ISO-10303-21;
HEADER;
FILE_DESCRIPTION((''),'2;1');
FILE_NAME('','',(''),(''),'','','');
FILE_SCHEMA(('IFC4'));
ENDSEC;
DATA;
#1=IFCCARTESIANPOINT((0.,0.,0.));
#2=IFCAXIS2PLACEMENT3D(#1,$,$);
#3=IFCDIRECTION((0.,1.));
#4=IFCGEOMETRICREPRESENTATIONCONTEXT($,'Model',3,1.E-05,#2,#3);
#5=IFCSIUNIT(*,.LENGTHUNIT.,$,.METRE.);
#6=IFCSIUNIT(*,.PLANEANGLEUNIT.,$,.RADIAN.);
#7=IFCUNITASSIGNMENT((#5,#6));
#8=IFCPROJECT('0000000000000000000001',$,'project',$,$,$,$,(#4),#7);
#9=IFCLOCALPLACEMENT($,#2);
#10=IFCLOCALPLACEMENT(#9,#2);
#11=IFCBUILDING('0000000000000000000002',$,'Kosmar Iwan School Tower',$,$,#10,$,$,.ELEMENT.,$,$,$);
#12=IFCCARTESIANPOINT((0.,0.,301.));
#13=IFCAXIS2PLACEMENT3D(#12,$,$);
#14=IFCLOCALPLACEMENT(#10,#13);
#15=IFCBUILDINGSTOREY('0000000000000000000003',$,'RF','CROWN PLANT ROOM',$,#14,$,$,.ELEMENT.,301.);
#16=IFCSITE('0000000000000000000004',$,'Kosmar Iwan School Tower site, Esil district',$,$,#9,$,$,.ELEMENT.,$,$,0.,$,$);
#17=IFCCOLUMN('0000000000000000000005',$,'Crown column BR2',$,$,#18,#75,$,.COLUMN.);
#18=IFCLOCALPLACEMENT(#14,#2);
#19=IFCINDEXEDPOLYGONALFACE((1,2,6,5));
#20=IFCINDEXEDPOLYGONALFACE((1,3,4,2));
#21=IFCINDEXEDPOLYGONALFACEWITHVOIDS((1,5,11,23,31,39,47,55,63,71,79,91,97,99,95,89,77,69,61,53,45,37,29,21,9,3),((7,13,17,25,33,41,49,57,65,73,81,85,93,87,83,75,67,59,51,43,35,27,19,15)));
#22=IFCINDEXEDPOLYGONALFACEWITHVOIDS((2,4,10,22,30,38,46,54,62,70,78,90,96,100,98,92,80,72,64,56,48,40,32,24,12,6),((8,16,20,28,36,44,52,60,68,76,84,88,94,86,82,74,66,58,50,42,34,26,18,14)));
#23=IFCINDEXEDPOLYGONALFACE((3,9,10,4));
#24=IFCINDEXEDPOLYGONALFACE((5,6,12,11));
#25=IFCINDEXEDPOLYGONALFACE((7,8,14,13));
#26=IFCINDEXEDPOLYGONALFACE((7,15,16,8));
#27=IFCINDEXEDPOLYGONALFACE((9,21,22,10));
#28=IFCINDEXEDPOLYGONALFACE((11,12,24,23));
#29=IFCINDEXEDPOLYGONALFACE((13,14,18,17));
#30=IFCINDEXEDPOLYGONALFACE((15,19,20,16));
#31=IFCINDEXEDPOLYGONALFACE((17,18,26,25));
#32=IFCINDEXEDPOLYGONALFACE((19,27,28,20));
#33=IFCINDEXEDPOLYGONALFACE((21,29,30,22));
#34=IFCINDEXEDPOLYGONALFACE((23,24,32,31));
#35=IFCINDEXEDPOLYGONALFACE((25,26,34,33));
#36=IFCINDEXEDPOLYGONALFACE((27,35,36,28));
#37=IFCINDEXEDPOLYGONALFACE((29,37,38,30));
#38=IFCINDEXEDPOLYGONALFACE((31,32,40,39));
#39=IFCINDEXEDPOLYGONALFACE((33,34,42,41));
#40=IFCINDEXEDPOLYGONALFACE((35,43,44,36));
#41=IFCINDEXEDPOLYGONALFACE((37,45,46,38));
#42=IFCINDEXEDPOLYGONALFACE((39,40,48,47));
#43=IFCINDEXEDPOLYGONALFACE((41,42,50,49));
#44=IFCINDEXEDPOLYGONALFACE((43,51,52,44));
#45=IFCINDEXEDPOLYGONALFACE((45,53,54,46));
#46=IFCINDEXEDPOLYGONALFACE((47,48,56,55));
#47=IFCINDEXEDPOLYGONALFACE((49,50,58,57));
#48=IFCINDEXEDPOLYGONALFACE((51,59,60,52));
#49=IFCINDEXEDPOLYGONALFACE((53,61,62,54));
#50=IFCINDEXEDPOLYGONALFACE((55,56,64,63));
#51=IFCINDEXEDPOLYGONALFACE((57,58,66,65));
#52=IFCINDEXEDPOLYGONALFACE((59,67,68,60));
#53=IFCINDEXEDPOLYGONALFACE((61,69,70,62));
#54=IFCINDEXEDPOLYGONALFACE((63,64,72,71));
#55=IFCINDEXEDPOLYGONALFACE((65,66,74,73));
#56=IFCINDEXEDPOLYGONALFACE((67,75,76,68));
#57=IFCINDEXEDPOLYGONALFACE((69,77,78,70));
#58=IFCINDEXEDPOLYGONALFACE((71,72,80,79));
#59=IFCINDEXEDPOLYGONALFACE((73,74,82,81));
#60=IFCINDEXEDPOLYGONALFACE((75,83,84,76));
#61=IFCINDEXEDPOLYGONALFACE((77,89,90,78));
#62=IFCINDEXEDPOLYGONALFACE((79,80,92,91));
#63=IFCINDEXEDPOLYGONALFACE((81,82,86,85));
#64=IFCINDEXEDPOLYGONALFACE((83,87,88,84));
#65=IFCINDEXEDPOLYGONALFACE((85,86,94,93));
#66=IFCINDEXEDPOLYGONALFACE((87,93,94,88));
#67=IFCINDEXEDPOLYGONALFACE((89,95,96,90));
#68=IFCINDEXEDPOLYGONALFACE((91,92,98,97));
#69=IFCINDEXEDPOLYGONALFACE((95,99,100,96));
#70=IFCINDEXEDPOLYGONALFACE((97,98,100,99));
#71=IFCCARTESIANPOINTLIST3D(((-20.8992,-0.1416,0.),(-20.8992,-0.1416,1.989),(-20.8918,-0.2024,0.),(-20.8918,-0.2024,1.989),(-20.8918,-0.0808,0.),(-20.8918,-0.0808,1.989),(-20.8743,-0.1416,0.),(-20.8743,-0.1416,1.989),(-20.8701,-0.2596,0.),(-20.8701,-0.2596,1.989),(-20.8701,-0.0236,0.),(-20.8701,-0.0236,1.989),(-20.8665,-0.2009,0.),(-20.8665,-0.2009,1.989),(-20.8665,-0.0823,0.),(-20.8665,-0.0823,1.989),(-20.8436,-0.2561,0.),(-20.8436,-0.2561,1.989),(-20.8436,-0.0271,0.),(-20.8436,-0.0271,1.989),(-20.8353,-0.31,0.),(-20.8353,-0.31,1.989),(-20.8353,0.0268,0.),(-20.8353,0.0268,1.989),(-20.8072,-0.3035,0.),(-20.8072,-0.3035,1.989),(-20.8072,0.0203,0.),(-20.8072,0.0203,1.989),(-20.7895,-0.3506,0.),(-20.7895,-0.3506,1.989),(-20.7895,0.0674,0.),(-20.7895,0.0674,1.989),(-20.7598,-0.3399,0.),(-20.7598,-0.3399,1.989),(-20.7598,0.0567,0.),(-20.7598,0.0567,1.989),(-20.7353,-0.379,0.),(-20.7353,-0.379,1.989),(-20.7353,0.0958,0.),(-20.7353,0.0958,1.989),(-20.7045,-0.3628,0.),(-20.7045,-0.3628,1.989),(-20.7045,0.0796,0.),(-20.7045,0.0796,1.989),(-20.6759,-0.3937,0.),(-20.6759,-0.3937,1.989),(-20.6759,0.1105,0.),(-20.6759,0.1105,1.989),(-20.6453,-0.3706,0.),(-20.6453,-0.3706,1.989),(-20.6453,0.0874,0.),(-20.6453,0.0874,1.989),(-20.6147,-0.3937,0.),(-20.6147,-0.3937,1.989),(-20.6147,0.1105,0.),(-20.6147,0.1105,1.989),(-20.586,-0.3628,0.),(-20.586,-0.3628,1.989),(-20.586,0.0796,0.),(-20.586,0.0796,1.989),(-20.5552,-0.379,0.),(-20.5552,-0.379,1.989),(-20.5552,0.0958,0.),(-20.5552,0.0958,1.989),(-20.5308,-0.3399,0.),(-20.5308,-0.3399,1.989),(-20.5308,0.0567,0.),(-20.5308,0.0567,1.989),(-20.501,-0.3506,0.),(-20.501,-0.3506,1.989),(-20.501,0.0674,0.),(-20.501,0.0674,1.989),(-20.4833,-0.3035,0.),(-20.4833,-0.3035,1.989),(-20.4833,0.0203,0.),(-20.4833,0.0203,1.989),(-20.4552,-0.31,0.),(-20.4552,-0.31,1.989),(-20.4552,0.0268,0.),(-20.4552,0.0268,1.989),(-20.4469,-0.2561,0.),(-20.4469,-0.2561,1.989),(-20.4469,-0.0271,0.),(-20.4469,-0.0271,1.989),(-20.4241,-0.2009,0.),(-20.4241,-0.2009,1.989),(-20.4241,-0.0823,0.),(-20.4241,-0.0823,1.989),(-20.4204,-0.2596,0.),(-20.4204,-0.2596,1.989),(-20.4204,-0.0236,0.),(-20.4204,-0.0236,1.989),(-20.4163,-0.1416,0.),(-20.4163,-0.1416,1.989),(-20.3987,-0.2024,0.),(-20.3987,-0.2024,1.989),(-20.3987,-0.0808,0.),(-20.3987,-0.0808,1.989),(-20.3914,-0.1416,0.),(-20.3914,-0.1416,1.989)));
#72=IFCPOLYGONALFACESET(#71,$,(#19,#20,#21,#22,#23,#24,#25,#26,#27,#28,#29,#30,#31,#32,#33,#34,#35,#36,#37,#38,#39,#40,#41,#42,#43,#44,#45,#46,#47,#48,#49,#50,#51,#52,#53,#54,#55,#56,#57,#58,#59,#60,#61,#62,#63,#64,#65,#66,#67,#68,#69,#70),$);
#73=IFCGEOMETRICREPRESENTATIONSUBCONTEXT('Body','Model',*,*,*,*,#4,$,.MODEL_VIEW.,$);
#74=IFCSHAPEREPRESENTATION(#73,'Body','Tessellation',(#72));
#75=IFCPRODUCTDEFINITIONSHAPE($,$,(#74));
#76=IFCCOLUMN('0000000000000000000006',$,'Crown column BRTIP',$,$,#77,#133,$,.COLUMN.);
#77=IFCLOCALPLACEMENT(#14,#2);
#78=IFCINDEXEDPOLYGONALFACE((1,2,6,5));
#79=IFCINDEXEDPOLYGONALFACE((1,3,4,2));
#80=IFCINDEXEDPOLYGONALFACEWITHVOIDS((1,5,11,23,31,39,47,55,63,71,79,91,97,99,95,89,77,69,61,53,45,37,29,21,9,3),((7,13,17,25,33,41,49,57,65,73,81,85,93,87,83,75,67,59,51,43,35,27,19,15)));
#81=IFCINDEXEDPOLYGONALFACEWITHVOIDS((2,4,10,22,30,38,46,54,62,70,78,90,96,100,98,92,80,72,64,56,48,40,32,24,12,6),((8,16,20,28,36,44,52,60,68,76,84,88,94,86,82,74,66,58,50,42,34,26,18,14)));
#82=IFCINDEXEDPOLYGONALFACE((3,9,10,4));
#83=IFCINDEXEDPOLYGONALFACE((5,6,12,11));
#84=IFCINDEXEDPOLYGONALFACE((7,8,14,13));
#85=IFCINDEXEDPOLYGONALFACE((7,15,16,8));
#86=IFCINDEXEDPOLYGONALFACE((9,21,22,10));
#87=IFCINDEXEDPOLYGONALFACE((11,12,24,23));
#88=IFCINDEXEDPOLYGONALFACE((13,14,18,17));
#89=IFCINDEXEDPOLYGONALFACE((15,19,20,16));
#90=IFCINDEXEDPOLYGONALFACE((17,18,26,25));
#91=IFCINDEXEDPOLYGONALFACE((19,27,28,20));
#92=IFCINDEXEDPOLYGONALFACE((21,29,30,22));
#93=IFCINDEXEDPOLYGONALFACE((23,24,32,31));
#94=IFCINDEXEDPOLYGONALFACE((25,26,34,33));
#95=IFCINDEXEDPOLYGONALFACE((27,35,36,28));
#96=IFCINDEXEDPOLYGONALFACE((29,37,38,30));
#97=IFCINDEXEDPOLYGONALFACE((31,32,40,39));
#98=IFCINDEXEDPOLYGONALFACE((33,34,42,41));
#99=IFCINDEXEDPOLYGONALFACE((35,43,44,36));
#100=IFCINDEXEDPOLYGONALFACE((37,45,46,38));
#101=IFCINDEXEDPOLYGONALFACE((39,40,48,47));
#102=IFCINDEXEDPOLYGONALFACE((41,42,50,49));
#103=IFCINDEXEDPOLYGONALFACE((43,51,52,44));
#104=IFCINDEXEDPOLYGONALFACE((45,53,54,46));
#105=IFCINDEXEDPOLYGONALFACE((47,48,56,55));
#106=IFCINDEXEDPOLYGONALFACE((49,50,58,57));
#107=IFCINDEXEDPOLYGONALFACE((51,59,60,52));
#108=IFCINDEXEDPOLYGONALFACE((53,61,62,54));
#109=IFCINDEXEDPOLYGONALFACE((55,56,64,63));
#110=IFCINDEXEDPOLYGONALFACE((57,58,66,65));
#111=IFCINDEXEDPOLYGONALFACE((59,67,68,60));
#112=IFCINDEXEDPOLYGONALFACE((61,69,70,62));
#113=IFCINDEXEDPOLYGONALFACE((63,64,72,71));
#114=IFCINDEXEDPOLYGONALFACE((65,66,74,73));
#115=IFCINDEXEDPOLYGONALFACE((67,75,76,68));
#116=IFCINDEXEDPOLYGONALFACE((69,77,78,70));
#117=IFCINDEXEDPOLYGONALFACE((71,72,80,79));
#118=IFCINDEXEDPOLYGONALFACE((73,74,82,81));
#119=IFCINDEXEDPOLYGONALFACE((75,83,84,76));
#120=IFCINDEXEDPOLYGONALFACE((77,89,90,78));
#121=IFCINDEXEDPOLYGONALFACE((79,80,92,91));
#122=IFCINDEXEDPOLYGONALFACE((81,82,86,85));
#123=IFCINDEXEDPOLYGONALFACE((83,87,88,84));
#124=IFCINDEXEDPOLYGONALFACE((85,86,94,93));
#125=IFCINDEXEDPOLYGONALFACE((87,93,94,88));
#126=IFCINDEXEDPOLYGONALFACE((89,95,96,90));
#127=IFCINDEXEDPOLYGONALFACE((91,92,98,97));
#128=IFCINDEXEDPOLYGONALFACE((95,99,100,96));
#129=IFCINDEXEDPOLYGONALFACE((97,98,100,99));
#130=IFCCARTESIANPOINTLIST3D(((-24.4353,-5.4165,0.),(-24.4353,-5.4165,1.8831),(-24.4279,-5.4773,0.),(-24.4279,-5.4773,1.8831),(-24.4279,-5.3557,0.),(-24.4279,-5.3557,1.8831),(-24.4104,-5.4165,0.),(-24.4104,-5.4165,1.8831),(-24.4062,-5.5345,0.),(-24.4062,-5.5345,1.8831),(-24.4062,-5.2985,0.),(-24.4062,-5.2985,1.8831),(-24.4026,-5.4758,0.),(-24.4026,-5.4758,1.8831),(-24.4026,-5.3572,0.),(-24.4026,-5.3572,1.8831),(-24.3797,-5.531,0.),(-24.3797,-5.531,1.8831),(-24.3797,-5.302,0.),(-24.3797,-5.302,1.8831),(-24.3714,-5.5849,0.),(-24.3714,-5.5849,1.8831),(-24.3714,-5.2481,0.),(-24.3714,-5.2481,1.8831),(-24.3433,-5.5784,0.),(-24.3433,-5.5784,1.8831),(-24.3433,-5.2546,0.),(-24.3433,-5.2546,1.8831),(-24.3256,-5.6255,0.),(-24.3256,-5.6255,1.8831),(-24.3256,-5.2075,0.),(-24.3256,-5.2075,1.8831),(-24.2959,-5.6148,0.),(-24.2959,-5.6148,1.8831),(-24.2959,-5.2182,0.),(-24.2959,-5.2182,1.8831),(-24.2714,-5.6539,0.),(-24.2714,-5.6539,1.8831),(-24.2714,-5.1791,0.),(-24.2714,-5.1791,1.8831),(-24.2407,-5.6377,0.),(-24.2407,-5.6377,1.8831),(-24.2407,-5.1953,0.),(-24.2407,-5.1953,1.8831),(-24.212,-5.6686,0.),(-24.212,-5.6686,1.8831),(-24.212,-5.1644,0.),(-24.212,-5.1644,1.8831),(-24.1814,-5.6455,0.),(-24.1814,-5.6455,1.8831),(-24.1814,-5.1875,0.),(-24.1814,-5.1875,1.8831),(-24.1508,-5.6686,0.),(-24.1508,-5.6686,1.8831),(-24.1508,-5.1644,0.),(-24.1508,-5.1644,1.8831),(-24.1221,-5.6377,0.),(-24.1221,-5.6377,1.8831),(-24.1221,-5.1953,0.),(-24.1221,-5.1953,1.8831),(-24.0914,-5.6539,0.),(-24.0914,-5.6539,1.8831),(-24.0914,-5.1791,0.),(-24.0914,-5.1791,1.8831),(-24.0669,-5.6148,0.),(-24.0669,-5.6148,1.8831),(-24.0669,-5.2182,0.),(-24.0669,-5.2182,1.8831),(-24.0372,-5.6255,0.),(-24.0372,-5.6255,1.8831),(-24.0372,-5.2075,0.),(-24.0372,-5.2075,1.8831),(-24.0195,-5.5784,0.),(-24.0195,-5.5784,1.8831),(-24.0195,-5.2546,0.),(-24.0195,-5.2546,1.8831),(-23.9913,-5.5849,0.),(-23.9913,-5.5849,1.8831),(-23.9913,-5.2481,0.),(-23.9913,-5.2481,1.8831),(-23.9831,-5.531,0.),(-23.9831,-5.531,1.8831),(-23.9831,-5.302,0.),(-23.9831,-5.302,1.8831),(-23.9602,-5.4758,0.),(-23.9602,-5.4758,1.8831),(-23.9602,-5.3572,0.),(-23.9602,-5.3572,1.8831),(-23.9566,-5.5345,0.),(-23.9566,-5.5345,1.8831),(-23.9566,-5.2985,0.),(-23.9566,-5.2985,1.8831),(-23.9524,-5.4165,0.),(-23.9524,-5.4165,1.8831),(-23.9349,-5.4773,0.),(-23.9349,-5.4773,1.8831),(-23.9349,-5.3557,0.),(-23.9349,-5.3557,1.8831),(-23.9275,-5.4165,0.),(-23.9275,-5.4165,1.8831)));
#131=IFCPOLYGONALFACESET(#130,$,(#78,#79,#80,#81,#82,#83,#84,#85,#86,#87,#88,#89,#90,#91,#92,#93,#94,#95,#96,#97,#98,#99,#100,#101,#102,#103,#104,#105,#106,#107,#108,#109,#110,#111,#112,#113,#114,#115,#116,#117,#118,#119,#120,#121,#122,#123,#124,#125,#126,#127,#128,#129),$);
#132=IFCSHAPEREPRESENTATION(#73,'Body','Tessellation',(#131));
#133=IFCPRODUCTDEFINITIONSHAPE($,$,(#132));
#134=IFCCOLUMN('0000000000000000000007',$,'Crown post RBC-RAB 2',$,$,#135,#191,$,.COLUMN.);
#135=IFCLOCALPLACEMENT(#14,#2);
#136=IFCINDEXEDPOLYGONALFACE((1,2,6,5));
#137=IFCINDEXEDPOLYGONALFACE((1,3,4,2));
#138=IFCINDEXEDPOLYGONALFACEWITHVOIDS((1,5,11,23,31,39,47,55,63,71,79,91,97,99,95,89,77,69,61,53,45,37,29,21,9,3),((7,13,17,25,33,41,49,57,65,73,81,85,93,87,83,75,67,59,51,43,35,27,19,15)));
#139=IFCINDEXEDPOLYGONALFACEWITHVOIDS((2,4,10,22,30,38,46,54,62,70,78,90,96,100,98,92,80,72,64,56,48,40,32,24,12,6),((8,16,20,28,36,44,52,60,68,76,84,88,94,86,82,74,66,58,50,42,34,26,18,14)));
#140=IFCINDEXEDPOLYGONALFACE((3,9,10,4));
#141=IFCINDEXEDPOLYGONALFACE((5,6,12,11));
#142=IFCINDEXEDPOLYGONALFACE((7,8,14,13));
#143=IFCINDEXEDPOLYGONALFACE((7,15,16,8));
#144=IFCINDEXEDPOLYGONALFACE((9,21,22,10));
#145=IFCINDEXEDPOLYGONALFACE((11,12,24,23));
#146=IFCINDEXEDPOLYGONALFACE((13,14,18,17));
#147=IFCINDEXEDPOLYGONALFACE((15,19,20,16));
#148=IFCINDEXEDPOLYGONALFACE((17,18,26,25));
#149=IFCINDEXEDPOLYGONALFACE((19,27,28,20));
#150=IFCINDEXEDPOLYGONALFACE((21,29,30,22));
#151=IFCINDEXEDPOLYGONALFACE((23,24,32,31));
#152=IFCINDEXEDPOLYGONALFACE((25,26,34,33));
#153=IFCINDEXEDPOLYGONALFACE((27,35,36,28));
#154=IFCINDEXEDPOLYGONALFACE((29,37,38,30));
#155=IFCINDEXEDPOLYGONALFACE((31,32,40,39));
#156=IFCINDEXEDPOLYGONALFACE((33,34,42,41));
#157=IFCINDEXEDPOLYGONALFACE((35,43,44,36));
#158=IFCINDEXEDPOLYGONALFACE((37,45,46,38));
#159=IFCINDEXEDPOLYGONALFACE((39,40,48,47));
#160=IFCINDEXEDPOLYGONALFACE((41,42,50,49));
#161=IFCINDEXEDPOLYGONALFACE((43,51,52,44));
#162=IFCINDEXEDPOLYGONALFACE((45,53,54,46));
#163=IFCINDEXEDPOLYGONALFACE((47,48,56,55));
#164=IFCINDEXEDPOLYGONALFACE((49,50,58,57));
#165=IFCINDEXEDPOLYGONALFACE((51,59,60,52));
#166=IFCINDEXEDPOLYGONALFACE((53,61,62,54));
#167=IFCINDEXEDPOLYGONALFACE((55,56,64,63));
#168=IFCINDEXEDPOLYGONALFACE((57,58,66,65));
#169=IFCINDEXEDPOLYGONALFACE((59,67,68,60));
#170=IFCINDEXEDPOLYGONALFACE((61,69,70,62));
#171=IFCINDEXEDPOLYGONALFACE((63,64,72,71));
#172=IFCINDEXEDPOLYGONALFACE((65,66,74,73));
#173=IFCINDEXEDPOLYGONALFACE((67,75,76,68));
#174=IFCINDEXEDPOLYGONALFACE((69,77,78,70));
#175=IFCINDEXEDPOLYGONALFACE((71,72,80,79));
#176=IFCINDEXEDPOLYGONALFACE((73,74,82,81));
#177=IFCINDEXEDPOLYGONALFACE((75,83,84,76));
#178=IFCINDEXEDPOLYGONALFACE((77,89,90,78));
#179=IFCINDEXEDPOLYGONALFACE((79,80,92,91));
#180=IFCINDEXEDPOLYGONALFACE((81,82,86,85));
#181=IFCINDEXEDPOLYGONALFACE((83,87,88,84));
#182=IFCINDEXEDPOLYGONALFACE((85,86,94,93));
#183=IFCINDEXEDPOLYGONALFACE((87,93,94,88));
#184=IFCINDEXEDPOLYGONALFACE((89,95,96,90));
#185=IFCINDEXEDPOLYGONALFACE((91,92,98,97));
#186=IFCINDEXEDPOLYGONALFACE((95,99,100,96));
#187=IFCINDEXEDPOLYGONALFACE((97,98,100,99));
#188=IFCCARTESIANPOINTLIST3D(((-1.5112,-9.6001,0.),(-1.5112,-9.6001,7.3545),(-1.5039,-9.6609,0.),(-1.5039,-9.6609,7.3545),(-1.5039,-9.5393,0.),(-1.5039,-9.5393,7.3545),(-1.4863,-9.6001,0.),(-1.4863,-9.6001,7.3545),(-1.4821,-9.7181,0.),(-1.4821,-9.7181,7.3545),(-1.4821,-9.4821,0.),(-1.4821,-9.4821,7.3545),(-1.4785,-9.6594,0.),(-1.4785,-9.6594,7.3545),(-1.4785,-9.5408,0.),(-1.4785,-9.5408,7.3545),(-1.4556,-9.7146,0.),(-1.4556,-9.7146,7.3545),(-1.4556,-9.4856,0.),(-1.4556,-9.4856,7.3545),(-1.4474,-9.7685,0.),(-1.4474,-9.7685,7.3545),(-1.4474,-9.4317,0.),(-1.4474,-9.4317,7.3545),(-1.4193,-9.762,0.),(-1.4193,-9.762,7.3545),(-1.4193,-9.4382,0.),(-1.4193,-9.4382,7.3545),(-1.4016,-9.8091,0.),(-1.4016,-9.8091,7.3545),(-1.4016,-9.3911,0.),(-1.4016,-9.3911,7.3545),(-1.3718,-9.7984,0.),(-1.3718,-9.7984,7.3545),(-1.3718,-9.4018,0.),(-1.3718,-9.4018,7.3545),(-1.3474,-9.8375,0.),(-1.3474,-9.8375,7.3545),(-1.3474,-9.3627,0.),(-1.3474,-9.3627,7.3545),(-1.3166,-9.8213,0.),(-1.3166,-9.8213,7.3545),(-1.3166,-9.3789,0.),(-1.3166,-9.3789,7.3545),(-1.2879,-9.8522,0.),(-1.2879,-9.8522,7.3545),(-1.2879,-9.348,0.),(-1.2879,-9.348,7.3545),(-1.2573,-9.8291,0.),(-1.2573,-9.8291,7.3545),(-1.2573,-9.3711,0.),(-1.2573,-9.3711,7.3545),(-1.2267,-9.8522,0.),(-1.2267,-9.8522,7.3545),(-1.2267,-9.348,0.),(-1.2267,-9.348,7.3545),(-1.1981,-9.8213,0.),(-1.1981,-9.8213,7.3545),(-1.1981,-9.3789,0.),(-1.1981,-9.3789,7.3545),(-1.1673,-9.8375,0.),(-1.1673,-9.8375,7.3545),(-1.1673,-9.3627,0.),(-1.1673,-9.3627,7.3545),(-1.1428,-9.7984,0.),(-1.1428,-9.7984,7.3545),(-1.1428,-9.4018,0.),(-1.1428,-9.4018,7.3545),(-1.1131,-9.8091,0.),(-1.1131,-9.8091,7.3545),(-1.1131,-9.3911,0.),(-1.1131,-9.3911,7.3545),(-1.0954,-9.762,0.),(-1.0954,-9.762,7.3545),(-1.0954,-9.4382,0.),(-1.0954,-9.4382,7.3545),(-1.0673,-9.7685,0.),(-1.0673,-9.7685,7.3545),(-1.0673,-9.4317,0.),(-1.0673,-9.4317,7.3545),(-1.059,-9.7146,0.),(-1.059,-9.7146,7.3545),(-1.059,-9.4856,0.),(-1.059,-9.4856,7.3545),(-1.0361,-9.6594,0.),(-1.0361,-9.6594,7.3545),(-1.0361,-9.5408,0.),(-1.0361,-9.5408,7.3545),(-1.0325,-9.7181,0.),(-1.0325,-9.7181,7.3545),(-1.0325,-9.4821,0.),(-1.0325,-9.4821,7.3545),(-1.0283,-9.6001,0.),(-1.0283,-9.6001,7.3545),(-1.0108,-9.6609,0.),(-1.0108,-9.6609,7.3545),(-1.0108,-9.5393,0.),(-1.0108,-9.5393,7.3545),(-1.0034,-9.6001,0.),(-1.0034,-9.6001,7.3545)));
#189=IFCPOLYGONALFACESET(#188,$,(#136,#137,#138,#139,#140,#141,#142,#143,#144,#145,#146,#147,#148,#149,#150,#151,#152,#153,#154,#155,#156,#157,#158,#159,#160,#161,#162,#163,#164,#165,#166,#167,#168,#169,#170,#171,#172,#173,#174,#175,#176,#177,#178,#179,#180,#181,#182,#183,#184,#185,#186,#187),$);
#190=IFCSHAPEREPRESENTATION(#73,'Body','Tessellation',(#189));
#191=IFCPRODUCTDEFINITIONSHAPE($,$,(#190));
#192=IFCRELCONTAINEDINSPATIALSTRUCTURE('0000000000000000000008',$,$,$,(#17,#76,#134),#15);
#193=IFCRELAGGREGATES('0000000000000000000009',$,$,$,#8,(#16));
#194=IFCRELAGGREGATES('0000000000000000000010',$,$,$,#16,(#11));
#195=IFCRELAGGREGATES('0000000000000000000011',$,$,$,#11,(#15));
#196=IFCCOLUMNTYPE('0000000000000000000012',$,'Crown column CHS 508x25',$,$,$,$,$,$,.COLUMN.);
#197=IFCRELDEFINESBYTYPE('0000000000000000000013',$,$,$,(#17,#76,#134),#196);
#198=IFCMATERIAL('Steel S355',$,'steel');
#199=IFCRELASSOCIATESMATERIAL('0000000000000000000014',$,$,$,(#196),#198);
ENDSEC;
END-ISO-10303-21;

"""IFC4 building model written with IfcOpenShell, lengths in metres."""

from ifc_helpers import new_model, si_unit, direction, frame, origin, origin_2d, place, context, subcontext, project, spatial, hollow_circle, extrude, material, material_profile, profile_set, type_object, element, save


model = new_model("IFC4")

# Units and contexts
model_context = context("Model", 3, precision=1e-05, world=origin(), true_north=direction((0.0, 1.0)))
body_context = subcontext(model_context, "Body", "Model", "MODEL_VIEW")
ifc_project = project(units=[si_unit("LENGTHUNIT", "METRE"), si_unit("PLANEANGLEUNIT", "RADIAN")], contexts=[model_context])

# Site, building, storey
site_placement = place(None, origin())
site = spatial("IfcSite", under=ifc_project, at=site_placement, Name="Kosmar Iwan School Tower site, Esil district", CompositionType="ELEMENT", RefElevation=0.0)
building_placement = place(site_placement, origin())
building = spatial("IfcBuilding", under=site, at=building_placement, Name="Kosmar Iwan School Tower", CompositionType="ELEMENT")
storey_placement = place(building_placement, frame((0.0, 0.0, 301.0)))
storey = spatial("IfcBuildingStorey", under=building, at=storey_placement, Name="RF", Description="CROWN PLANT ROOM", CompositionType="ELEMENT", Elevation=301.0)

# Columns
ifc_material_1 = material(Name="Steel S355", Category="steel")
ifc_material_profile_1 = material_profile(ifc_material_1, hollow_circle(Radius=0.2539, WallThickness=0.0249, at=origin_2d()), Name="CHS 508x25")
ifc_profile_set_1 = profile_set([ifc_material_profile_1], Name="Steel S355")
column_type = type_object("IfcColumnType", Name="Crown column CHS 508x25", PredefinedType="COLUMN", material=ifc_profile_set_1)
column_1_placement = place(storey_placement, frame((-20.6453, -0.1416, 0.0), z_axis=(0.0, 0.0, 1.0), x_axis=(1.0, 0.0, 0.0)))
element("IfcColumn", 1, at=column_1_placement, inside=storey, type_object=column_type, Name="Crown column BR2", PredefinedType="COLUMN", context=body_context, shape_type="SweptSolid", body=[
    extrude(hollow_circle(Radius=0.2539, WallThickness=0.0249, at=origin_2d()), origin(), (0.0, 0.0, 1.0), 1.989),
])
column_2_placement = place(storey_placement, frame((-24.1814, -5.4165, 0.0), z_axis=(0.0, 0.0, 1.0), x_axis=(1.0, 0.0, 0.0)))
element("IfcColumn", 2, at=column_2_placement, inside=storey, type_object=column_type, Name="Crown column BRTIP", PredefinedType="COLUMN", context=body_context, shape_type="SweptSolid", body=[
    extrude(hollow_circle(Radius=0.2539, WallThickness=0.0249, at=origin_2d()), origin(), (0.0, 0.0, 1.0), 1.8831),
])
column_3_placement = place(storey_placement, frame((-1.2573, -9.6001, 0.0), z_axis=(0.0, 0.0, 1.0), x_axis=(1.0, 0.0, 0.0)))
element("IfcColumn", 3, at=column_3_placement, inside=storey, type_object=column_type, Name="Crown post RBC-RAB 2", PredefinedType="COLUMN", context=body_context, shape_type="SweptSolid", body=[
    extrude(hollow_circle(Radius=0.2539, WallThickness=0.0249, at=origin_2d()), origin(), (0.0, 0.0, 1.0), 7.3545),
])

save(model, "model.ifc")
